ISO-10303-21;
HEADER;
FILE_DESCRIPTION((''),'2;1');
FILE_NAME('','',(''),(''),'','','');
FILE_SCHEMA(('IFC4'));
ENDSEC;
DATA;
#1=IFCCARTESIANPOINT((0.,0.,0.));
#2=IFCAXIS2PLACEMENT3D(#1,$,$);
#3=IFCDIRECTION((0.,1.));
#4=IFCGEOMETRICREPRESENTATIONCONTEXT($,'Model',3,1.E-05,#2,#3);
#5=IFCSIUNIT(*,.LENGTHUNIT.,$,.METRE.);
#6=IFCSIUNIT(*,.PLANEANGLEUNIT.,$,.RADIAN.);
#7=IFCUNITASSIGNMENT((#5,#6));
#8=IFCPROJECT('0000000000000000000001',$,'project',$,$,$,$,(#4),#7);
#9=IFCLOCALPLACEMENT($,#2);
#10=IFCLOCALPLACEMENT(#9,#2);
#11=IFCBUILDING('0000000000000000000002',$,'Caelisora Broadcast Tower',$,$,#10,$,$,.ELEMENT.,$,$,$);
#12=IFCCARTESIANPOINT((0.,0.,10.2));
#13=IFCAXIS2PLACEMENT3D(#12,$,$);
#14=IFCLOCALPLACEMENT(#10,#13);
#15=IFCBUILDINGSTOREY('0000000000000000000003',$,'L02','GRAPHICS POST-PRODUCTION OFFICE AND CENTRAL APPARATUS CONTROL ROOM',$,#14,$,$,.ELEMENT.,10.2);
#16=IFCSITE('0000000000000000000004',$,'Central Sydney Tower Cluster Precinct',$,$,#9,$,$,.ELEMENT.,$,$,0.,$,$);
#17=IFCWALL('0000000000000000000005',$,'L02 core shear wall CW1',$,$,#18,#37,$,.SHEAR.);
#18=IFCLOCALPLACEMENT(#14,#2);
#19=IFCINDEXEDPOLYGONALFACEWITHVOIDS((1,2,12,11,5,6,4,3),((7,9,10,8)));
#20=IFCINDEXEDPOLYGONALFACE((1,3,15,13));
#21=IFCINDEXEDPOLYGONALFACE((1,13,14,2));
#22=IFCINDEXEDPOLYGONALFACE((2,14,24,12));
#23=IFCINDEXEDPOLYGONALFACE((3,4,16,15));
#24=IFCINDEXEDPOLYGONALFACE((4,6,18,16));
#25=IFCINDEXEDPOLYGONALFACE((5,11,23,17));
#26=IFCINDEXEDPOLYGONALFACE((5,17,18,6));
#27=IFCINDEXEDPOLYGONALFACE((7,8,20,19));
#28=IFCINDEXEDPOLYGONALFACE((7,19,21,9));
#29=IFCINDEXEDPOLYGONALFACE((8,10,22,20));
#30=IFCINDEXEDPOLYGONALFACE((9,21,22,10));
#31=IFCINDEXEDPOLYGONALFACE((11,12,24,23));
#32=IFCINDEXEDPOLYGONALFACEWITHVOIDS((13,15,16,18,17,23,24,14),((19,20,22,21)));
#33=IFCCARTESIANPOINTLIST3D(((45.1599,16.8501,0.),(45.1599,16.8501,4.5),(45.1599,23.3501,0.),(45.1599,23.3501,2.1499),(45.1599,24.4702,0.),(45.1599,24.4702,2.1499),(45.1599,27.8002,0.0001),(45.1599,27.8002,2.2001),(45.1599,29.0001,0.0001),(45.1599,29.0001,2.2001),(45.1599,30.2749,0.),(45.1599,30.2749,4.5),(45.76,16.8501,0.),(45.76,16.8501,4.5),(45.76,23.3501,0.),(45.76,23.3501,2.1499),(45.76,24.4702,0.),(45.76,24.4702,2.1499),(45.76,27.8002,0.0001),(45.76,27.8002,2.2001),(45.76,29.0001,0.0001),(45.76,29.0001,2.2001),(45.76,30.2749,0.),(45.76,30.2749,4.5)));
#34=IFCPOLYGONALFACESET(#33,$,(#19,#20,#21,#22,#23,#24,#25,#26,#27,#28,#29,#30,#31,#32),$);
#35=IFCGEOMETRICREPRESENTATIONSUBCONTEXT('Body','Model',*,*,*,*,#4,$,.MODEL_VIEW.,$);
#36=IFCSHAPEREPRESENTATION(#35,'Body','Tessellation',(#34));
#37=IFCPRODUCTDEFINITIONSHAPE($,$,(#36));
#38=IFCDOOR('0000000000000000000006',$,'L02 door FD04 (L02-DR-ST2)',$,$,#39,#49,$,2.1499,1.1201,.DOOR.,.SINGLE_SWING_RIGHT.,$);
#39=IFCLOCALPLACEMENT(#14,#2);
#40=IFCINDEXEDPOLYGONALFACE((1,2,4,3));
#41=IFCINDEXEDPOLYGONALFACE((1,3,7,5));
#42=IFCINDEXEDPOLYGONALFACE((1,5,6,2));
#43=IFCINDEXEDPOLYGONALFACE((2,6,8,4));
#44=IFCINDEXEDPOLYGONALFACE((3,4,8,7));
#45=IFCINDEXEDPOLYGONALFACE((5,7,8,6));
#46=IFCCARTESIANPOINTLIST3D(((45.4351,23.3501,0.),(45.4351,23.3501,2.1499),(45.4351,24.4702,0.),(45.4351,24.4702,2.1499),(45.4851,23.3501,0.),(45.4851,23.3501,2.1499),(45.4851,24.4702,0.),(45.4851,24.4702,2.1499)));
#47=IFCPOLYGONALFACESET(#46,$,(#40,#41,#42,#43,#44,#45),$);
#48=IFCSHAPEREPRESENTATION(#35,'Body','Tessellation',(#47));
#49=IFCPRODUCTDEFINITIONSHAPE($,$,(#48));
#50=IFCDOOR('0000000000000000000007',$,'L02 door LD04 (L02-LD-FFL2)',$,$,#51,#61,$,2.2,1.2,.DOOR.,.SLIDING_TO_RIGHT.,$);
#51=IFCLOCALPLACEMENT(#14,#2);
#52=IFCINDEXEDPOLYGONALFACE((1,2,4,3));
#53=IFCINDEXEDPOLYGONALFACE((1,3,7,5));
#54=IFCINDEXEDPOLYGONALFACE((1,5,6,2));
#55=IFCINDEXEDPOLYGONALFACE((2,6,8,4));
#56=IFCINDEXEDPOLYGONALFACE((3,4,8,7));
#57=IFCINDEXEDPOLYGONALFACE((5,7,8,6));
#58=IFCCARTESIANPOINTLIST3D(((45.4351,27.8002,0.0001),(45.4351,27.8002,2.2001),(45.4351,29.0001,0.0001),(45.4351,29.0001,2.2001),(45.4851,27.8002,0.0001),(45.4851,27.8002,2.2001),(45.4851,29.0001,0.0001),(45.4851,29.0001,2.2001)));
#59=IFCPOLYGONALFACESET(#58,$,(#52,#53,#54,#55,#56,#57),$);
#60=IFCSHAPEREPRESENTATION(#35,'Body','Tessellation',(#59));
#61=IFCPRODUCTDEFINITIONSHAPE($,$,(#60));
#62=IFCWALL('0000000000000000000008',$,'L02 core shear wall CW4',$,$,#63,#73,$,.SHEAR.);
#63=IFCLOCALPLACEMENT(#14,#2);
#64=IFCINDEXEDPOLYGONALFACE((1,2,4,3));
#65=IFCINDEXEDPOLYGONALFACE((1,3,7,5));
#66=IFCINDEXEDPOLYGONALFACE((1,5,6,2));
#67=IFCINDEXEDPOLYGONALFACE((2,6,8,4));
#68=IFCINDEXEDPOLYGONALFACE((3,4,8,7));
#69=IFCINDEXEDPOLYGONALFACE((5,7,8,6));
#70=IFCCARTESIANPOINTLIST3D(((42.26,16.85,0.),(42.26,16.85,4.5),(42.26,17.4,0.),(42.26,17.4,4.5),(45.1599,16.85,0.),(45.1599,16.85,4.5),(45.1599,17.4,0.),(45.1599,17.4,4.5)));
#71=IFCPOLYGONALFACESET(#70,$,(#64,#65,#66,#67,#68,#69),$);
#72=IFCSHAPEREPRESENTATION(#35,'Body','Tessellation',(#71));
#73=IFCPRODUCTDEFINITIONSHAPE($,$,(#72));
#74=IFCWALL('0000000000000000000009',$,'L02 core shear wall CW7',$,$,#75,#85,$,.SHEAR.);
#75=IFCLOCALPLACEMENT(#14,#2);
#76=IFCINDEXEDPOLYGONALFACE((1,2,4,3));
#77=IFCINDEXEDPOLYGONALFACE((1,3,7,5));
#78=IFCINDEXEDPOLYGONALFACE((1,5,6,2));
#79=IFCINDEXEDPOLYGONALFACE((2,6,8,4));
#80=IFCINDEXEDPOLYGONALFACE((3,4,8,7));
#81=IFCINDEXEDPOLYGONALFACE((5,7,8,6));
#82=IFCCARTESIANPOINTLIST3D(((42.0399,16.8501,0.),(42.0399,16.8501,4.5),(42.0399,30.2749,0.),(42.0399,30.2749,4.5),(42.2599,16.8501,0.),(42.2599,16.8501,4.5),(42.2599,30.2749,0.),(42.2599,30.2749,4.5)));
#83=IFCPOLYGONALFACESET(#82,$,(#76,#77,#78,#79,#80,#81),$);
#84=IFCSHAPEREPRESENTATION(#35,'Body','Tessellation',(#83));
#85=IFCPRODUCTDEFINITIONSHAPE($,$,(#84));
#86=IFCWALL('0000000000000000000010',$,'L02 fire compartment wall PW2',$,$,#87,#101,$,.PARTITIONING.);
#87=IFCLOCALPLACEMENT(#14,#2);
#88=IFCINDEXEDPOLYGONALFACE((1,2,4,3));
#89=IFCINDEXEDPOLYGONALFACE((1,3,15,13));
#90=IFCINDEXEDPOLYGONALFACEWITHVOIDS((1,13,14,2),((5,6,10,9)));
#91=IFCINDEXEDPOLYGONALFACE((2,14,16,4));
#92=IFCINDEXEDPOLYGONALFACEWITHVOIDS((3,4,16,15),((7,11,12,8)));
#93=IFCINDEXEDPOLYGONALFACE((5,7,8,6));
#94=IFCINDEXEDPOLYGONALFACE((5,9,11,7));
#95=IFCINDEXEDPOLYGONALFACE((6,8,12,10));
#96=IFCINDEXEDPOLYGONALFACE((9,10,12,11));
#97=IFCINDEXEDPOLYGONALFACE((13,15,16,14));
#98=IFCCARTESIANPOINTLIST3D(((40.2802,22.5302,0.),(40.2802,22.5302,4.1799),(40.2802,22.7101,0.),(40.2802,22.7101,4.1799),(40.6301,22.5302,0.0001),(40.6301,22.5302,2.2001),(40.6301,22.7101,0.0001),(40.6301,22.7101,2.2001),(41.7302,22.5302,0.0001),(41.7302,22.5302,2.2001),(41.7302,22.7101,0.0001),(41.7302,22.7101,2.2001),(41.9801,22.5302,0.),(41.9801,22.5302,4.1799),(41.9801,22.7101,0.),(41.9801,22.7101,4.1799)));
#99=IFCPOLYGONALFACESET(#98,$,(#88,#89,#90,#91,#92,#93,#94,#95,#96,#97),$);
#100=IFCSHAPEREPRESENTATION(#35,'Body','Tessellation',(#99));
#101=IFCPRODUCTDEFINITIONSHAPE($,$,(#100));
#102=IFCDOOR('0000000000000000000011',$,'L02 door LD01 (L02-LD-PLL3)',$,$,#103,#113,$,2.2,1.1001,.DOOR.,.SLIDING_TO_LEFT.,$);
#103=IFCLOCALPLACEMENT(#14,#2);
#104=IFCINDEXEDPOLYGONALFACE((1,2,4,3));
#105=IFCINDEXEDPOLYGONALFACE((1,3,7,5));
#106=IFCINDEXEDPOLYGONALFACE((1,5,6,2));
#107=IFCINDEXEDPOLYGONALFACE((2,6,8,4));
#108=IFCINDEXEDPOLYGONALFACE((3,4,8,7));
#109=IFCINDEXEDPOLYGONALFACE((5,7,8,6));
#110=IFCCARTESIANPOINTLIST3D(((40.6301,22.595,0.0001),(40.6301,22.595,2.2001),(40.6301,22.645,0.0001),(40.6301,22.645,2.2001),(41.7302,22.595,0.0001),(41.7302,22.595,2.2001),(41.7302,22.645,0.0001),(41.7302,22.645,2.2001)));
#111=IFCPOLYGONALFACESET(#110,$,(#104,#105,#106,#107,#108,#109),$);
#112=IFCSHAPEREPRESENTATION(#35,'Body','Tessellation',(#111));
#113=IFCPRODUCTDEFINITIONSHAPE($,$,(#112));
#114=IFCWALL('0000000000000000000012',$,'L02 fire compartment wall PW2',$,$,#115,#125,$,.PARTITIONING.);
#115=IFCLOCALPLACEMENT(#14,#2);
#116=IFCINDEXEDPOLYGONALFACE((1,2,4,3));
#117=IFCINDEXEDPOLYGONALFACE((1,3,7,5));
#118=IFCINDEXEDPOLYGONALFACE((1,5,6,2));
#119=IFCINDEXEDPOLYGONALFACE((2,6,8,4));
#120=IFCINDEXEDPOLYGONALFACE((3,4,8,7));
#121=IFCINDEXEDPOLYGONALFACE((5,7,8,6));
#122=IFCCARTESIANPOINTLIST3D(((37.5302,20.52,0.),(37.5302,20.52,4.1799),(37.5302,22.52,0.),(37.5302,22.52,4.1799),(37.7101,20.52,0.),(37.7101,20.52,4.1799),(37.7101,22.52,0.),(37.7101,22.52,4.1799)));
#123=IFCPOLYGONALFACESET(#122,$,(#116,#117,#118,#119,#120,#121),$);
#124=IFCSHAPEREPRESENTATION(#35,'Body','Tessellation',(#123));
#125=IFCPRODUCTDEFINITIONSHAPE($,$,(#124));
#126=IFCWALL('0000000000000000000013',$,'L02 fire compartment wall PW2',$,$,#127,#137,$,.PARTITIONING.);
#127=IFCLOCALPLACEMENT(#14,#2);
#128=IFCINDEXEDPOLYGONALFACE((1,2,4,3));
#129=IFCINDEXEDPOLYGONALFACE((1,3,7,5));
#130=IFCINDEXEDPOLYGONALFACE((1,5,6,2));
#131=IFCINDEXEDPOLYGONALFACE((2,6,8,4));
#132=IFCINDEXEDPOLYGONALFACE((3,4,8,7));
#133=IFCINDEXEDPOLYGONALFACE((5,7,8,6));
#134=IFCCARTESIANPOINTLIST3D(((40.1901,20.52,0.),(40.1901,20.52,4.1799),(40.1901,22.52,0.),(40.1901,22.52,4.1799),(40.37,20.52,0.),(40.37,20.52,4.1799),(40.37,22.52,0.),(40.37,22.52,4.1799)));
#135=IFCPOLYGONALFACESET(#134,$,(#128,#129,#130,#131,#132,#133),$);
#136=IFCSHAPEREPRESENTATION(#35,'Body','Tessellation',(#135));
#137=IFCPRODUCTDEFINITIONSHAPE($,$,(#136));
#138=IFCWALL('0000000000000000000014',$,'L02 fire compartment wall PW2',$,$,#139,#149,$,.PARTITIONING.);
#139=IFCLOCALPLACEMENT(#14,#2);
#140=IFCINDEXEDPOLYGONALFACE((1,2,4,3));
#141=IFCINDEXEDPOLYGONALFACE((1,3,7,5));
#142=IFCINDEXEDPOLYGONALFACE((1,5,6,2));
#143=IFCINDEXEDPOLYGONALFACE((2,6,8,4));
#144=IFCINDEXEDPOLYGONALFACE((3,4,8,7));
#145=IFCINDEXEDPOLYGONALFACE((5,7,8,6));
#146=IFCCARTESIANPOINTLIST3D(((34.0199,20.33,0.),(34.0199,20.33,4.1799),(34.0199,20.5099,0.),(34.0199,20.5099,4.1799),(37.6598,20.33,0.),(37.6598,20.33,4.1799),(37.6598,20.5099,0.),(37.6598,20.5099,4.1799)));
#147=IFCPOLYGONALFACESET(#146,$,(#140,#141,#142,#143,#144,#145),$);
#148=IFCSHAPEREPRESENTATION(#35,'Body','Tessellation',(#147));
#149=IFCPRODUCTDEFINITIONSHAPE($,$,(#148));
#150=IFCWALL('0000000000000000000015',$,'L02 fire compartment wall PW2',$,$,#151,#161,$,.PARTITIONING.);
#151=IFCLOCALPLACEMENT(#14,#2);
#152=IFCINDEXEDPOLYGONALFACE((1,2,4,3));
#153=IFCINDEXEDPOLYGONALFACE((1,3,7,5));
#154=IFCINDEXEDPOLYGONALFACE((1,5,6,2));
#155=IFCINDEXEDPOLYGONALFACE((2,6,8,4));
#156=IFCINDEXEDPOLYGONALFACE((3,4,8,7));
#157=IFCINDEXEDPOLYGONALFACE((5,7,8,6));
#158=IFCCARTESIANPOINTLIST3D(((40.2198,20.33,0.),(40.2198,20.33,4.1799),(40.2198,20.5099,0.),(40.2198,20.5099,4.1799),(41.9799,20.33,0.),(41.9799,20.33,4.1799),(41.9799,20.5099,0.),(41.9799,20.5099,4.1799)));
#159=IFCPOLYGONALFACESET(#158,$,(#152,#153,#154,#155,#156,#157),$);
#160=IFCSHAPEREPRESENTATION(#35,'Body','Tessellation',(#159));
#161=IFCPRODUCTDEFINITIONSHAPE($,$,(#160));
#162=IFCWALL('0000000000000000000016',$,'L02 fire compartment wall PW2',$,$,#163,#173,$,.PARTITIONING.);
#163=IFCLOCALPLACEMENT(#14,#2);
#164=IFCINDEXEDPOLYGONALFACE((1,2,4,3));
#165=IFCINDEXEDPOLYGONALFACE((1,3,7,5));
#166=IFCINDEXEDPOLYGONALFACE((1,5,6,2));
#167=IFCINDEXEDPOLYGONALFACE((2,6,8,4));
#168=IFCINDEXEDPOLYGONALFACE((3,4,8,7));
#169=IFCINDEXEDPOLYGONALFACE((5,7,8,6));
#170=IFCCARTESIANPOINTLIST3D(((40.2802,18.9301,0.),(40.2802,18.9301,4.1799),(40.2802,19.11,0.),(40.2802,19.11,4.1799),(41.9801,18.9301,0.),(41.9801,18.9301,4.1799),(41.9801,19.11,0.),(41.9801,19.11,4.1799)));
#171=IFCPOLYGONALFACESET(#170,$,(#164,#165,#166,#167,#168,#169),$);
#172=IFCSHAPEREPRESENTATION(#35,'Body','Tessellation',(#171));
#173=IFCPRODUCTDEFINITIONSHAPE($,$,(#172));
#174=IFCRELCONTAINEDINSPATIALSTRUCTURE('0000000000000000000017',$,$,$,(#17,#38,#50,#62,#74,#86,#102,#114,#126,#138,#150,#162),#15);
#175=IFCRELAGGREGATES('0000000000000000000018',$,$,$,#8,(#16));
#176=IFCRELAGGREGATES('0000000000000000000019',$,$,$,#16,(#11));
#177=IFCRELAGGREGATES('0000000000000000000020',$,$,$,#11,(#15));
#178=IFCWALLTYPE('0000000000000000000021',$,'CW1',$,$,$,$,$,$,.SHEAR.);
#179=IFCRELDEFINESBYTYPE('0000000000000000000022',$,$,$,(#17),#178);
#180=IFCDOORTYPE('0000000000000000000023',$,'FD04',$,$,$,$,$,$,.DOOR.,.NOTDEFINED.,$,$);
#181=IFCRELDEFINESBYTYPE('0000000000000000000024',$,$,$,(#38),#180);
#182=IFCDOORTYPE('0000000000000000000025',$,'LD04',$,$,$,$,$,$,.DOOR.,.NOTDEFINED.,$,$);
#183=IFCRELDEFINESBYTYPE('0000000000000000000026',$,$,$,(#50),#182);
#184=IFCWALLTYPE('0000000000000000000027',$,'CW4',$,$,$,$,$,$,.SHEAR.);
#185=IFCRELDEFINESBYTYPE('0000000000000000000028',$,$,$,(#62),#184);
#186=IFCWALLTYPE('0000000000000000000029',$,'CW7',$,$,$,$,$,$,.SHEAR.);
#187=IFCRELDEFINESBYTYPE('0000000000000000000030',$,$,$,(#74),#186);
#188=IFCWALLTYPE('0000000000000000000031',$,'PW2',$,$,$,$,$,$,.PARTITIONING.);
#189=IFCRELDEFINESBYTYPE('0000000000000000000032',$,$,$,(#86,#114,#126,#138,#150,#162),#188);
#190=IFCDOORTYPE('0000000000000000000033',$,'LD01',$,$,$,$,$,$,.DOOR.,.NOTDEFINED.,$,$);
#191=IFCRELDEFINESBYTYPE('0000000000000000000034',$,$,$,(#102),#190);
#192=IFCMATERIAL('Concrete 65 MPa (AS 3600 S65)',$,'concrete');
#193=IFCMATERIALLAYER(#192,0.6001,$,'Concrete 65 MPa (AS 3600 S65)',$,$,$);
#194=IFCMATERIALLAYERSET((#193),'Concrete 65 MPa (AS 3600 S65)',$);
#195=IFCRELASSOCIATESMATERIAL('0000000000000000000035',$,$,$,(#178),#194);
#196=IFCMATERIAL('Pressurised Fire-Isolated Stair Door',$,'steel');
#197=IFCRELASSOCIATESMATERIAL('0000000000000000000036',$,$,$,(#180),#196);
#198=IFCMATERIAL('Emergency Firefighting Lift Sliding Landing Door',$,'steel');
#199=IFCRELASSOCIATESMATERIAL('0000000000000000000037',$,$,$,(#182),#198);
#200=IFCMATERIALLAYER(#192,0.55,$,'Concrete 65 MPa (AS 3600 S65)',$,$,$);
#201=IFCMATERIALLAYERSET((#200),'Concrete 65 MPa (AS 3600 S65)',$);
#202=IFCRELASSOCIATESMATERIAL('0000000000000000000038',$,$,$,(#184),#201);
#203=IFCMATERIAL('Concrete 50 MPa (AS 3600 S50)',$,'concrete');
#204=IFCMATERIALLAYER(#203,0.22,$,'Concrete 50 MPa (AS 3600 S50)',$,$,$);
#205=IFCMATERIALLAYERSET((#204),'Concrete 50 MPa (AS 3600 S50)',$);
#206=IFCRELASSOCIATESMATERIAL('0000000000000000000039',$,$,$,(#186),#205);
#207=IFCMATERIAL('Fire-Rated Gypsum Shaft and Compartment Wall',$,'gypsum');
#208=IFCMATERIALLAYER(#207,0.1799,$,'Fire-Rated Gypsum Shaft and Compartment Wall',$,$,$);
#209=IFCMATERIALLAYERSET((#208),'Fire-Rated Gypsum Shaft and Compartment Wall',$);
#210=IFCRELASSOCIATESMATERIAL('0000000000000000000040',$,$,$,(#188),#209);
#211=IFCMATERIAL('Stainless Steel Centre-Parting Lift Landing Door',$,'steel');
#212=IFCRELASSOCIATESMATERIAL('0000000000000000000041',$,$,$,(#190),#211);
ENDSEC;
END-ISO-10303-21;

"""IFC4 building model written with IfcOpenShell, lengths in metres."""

from ifc_helpers import new_model, si_unit, direction, frame, frame_2d, origin, place, context, subcontext, project, spatial, rectangle, extrude, material, layer, layer_set, type_object, element, fill, save


model = new_model("IFC4")

# Units and contexts
model_context = context("Model", 3, precision=1e-05, world=origin(), true_north=direction((0.0, 1.0)))
body_context = subcontext(model_context, "Body", "Model", "MODEL_VIEW")
ifc_project = project(units=[si_unit("LENGTHUNIT", "METRE"), si_unit("PLANEANGLEUNIT", "RADIAN")], contexts=[model_context])

# Site, building, storey
site_placement = place(None, origin())
site = spatial("IfcSite", under=ifc_project, at=site_placement, Name="Central Sydney Tower Cluster Precinct", CompositionType="ELEMENT", RefElevation=0.0)
building_placement = place(site_placement, origin())
building = spatial("IfcBuilding", under=site, at=building_placement, Name="Caelisora Broadcast Tower", CompositionType="ELEMENT")
storey_placement = place(building_placement, frame((0.0, 0.0, 10.2)))
storey = spatial("IfcBuildingStorey", under=building, at=storey_placement, Name="L02", Description="GRAPHICS POST-PRODUCTION OFFICE AND CENTRAL APPARATUS CONTROL ROOM", CompositionType="ELEMENT", Elevation=10.2)

# Wall, openings, doors
ifc_material_1 = material(Name="Concrete 65 MPa (AS 3600 S65)", Category="concrete")
ifc_layer_1 = layer(ifc_material_1, 0.6001, Name="Concrete 65 MPa (AS 3600 S65)")
ifc_layer_set_1 = layer_set([ifc_layer_1], Name="Concrete 65 MPa (AS 3600 S65)")
wall_type_1 = type_object("IfcWallType", Name="CW1", PredefinedType="SHEAR", material=ifc_layer_set_1)
wall_1_placement = place(storey_placement, frame((45.46, 16.8501, 0.0), z_axis=(0.0, 0.0, 1.0), x_axis=(0.0, 1.0, 0.0)))
wall_1 = element("IfcWall", 1, at=wall_1_placement, inside=storey, type_object=wall_type_1, Name="L02 core shear wall CW1", PredefinedType="SHEAR", context=body_context, shape_type="SweptSolid", body=[
    extrude(rectangle(XDim=13.4248, YDim=0.6001, at=frame_2d((6.7124, 0.0))), origin(), (0.0, 0.0, 1.0), 4.5),
])
opening_1_placement = place(wall_1_placement, frame((6.5, 0.0, 0.0)))
opening_1 = element("IfcOpeningElement", 2, at=opening_1_placement, cuts=wall_1, PredefinedType="OPENING", context=body_context, shape_type="SweptSolid", body=[
    extrude(rectangle(XDim=1.1201, YDim=2.1499, at=frame_2d((0.5601, 1.075))), frame((0.0, 0.312, 0.0), z_axis=(0.0, -1.0, 0.0), x_axis=(1.0, 0.0, 0.0)), (0.0, 0.0, 1.0), 0.624),
])
opening_2_placement = place(wall_1_placement, frame((10.95, 0.0, 0.0)))
opening_2 = element("IfcOpeningElement", 3, at=opening_2_placement, cuts=wall_1, PredefinedType="OPENING", context=body_context, shape_type="SweptSolid", body=[
    extrude(rectangle(XDim=1.2, YDim=2.2, at=frame_2d((0.6001, 1.1001))), frame((0.0, 0.312, 0.0), z_axis=(0.0, -1.0, 0.0), x_axis=(1.0, 0.0, 0.0)), (0.0, 0.0, 1.0), 0.624),
])
ifc_material_2 = material(Name="Pressurised Fire-Isolated Stair Door", Category="steel")
door_type_1 = type_object("IfcDoorType", Name="FD04", OperationType="NOTDEFINED", PredefinedType="DOOR", material=ifc_material_2)
door_1_placement = place(opening_1_placement, origin())
door_1 = element("IfcDoor", 4, at=door_1_placement, inside=storey, type_object=door_type_1, Name="L02 door FD04 (L02-DR-ST2)", OperationType="SINGLE_SWING_RIGHT", OverallHeight=2.1499, OverallWidth=1.1201, PredefinedType="DOOR", context=body_context, shape_type="SweptSolid", body=[
    extrude(rectangle(XDim=1.1201, YDim=2.1499, at=frame_2d((0.5601, 1.075))), frame((0.0, 0.0249, 0.0), z_axis=(0.0, -1.0, 0.0), x_axis=(1.0, 0.0, 0.0)), (0.0, 0.0, 1.0), 0.05),
])
fill(opening_1, door_1)
ifc_material_3 = material(Name="Emergency Firefighting Lift Sliding Landing Door", Category="steel")
door_type_2 = type_object("IfcDoorType", Name="LD04", OperationType="NOTDEFINED", PredefinedType="DOOR", material=ifc_material_3)
door_2_placement = place(opening_2_placement, origin())
door_2 = element("IfcDoor", 5, at=door_2_placement, inside=storey, type_object=door_type_2, Name="L02 door LD04 (L02-LD-FFL2)", OperationType="SLIDING_TO_RIGHT", OverallHeight=2.2, OverallWidth=1.2, PredefinedType="DOOR", context=body_context, shape_type="SweptSolid", body=[
    extrude(rectangle(XDim=1.2, YDim=2.2, at=frame_2d((0.6001, 1.1001))), frame((0.0, 0.0249, 0.0), z_axis=(0.0, -1.0, 0.0), x_axis=(1.0, 0.0, 0.0)), (0.0, 0.0, 1.0), 0.05),
])
fill(opening_2, door_2)

# Walls
ifc_layer_2 = layer(ifc_material_1, 0.55, Name="Concrete 65 MPa (AS 3600 S65)")
ifc_layer_set_2 = layer_set([ifc_layer_2], Name="Concrete 65 MPa (AS 3600 S65)")
wall_type_2 = type_object("IfcWallType", Name="CW4", PredefinedType="SHEAR", material=ifc_layer_set_2)
wall_2_placement = place(storey_placement, frame((42.26, 17.125, 0.0), z_axis=(0.0, 0.0, 1.0), x_axis=(1.0, 0.0, 0.0)))
element("IfcWall", 6, at=wall_2_placement, inside=storey, type_object=wall_type_2, Name="L02 core shear wall CW4", PredefinedType="SHEAR", context=body_context, shape_type="SweptSolid", body=[
    extrude(rectangle(XDim=2.8999, YDim=0.55, at=frame_2d((1.45, 0.0))), origin(), (0.0, 0.0, 1.0), 4.5),
])
ifc_material_4 = material(Name="Concrete 50 MPa (AS 3600 S50)", Category="concrete")
ifc_layer_3 = layer(ifc_material_4, 0.22, Name="Concrete 50 MPa (AS 3600 S50)")
ifc_layer_set_3 = layer_set([ifc_layer_3], Name="Concrete 50 MPa (AS 3600 S50)")
wall_type_3 = type_object("IfcWallType", Name="CW7", PredefinedType="SHEAR", material=ifc_layer_set_3)
wall_3_placement = place(storey_placement, frame((42.1499, 16.8501, 0.0), z_axis=(0.0, 0.0, 1.0), x_axis=(0.0, 1.0, 0.0)))
element("IfcWall", 7, at=wall_3_placement, inside=storey, type_object=wall_type_3, Name="L02 core shear wall CW7", PredefinedType="SHEAR", context=body_context, shape_type="SweptSolid", body=[
    extrude(rectangle(XDim=13.4248, YDim=0.22, at=frame_2d((6.7124, 0.0))), origin(), (0.0, 0.0, 1.0), 4.5),
])

# Wall, opening, door
ifc_material_5 = material(Name="Fire-Rated Gypsum Shaft and Compartment Wall", Category="gypsum")
ifc_layer_4 = layer(ifc_material_5, 0.1799, Name="Fire-Rated Gypsum Shaft and Compartment Wall")
ifc_layer_set_4 = layer_set([ifc_layer_4], Name="Fire-Rated Gypsum Shaft and Compartment Wall")
wall_type_4 = type_object("IfcWallType", Name="PW2", PredefinedType="PARTITIONING", material=ifc_layer_set_4)
wall_4_placement = place(storey_placement, frame((40.28, 22.6201, 0.0), z_axis=(0.0, 0.0, 1.0), x_axis=(1.0, 0.0, 0.0)))
wall_4 = element("IfcWall", 8, at=wall_4_placement, inside=storey, type_object=wall_type_4, Name="L02 fire compartment wall PW2", PredefinedType="PARTITIONING", context=body_context, shape_type="SweptSolid", body=[
    extrude(rectangle(XDim=1.7, YDim=0.1799, at=frame_2d((0.8501, 0.0))), origin(), (0.0, 0.0, 1.0), 4.1799),
])
opening_3_placement = place(wall_4_placement, frame((0.3501, 0.0, 0.0)))
opening_3 = element("IfcOpeningElement", 9, at=opening_3_placement, cuts=wall_4, PredefinedType="OPENING", context=body_context, shape_type="SweptSolid", body=[
    extrude(rectangle(XDim=1.1001, YDim=2.2, at=frame_2d((0.55, 1.1001))), frame((0.0, 0.1021, 0.0), z_axis=(0.0, -1.0, 0.0), x_axis=(1.0, 0.0, 0.0)), (0.0, 0.0, 1.0), 0.2039),
])
ifc_material_6 = material(Name="Stainless Steel Centre-Parting Lift Landing Door", Category="steel")
door_type_3 = type_object("IfcDoorType", Name="LD01", OperationType="NOTDEFINED", PredefinedType="DOOR", material=ifc_material_6)
door_3_placement = place(opening_3_placement, origin())
door_3 = element("IfcDoor", 10, at=door_3_placement, inside=storey, type_object=door_type_3, Name="L02 door LD01 (L02-LD-PLL3)", OperationType="SLIDING_TO_LEFT", OverallHeight=2.2, OverallWidth=1.1001, PredefinedType="DOOR", context=body_context, shape_type="SweptSolid", body=[
    extrude(rectangle(XDim=1.1001, YDim=2.2, at=frame_2d((0.55, 1.1001))), frame((0.0, 0.0249, 0.0), z_axis=(0.0, -1.0, 0.0), x_axis=(1.0, 0.0, 0.0)), (0.0, 0.0, 1.0), 0.05),
])
fill(opening_3, door_3)

# Walls
for number, where, z_axis, x_axis, name in (
    (11, (37.6201, 20.52, 0.0), (0.0, 0.0, 1.0), (0.0, 1.0, 0.0), "L02 fire compartment wall PW2"),
    (12, (40.28, 20.52, 0.0), (0.0, 0.0, 1.0), (0.0, 1.0, 0.0), "L02 fire compartment wall PW2"),
):
    element("IfcWall", number, at=place(storey_placement, frame(where, z_axis=z_axis, x_axis=x_axis)), inside=storey, type_object=wall_type_4, Name=name, PredefinedType="PARTITIONING", context=body_context, shape_type="SweptSolid", body=[
        extrude(rectangle(XDim=2.0, YDim=0.1799, at=frame_2d((1.0, 0.0))), origin(), (0.0, 0.0, 1.0), 4.1799),
    ])
wall_5_placement = place(storey_placement, frame((34.02, 20.4199, 0.0), z_axis=(0.0, 0.0, 1.0), x_axis=(1.0, 0.0, 0.0)))
element("IfcWall", 13, at=wall_5_placement, inside=storey, type_object=wall_type_4, Name="L02 fire compartment wall PW2", PredefinedType="PARTITIONING", context=body_context, shape_type="SweptSolid", body=[
    extrude(rectangle(XDim=3.6399, YDim=0.1799, at=frame_2d((1.8198, 0.0))), origin(), (0.0, 0.0, 1.0), 4.1799),
])
wall_6_placement = place(storey_placement, frame((40.22, 20.4199, 0.0), z_axis=(0.0, 0.0, 1.0), x_axis=(1.0, 0.0, 0.0)))
element("IfcWall", 14, at=wall_6_placement, inside=storey, type_object=wall_type_4, Name="L02 fire compartment wall PW2", PredefinedType="PARTITIONING", context=body_context, shape_type="SweptSolid", body=[
    extrude(rectangle(XDim=1.76, YDim=0.1799, at=frame_2d((0.8799, 0.0))), origin(), (0.0, 0.0, 1.0), 4.1799),
])
wall_7_placement = place(storey_placement, frame((40.28, 19.02, 0.0), z_axis=(0.0, 0.0, 1.0), x_axis=(1.0, 0.0, 0.0)))
element("IfcWall", 15, at=wall_7_placement, inside=storey, type_object=wall_type_4, Name="L02 fire compartment wall PW2", PredefinedType="PARTITIONING", context=body_context, shape_type="SweptSolid", body=[
    extrude(rectangle(XDim=1.7, YDim=0.1799, at=frame_2d((0.8501, 0.0))), origin(), (0.0, 0.0, 1.0), 4.1799),
])

save(model, "model.ifc")
